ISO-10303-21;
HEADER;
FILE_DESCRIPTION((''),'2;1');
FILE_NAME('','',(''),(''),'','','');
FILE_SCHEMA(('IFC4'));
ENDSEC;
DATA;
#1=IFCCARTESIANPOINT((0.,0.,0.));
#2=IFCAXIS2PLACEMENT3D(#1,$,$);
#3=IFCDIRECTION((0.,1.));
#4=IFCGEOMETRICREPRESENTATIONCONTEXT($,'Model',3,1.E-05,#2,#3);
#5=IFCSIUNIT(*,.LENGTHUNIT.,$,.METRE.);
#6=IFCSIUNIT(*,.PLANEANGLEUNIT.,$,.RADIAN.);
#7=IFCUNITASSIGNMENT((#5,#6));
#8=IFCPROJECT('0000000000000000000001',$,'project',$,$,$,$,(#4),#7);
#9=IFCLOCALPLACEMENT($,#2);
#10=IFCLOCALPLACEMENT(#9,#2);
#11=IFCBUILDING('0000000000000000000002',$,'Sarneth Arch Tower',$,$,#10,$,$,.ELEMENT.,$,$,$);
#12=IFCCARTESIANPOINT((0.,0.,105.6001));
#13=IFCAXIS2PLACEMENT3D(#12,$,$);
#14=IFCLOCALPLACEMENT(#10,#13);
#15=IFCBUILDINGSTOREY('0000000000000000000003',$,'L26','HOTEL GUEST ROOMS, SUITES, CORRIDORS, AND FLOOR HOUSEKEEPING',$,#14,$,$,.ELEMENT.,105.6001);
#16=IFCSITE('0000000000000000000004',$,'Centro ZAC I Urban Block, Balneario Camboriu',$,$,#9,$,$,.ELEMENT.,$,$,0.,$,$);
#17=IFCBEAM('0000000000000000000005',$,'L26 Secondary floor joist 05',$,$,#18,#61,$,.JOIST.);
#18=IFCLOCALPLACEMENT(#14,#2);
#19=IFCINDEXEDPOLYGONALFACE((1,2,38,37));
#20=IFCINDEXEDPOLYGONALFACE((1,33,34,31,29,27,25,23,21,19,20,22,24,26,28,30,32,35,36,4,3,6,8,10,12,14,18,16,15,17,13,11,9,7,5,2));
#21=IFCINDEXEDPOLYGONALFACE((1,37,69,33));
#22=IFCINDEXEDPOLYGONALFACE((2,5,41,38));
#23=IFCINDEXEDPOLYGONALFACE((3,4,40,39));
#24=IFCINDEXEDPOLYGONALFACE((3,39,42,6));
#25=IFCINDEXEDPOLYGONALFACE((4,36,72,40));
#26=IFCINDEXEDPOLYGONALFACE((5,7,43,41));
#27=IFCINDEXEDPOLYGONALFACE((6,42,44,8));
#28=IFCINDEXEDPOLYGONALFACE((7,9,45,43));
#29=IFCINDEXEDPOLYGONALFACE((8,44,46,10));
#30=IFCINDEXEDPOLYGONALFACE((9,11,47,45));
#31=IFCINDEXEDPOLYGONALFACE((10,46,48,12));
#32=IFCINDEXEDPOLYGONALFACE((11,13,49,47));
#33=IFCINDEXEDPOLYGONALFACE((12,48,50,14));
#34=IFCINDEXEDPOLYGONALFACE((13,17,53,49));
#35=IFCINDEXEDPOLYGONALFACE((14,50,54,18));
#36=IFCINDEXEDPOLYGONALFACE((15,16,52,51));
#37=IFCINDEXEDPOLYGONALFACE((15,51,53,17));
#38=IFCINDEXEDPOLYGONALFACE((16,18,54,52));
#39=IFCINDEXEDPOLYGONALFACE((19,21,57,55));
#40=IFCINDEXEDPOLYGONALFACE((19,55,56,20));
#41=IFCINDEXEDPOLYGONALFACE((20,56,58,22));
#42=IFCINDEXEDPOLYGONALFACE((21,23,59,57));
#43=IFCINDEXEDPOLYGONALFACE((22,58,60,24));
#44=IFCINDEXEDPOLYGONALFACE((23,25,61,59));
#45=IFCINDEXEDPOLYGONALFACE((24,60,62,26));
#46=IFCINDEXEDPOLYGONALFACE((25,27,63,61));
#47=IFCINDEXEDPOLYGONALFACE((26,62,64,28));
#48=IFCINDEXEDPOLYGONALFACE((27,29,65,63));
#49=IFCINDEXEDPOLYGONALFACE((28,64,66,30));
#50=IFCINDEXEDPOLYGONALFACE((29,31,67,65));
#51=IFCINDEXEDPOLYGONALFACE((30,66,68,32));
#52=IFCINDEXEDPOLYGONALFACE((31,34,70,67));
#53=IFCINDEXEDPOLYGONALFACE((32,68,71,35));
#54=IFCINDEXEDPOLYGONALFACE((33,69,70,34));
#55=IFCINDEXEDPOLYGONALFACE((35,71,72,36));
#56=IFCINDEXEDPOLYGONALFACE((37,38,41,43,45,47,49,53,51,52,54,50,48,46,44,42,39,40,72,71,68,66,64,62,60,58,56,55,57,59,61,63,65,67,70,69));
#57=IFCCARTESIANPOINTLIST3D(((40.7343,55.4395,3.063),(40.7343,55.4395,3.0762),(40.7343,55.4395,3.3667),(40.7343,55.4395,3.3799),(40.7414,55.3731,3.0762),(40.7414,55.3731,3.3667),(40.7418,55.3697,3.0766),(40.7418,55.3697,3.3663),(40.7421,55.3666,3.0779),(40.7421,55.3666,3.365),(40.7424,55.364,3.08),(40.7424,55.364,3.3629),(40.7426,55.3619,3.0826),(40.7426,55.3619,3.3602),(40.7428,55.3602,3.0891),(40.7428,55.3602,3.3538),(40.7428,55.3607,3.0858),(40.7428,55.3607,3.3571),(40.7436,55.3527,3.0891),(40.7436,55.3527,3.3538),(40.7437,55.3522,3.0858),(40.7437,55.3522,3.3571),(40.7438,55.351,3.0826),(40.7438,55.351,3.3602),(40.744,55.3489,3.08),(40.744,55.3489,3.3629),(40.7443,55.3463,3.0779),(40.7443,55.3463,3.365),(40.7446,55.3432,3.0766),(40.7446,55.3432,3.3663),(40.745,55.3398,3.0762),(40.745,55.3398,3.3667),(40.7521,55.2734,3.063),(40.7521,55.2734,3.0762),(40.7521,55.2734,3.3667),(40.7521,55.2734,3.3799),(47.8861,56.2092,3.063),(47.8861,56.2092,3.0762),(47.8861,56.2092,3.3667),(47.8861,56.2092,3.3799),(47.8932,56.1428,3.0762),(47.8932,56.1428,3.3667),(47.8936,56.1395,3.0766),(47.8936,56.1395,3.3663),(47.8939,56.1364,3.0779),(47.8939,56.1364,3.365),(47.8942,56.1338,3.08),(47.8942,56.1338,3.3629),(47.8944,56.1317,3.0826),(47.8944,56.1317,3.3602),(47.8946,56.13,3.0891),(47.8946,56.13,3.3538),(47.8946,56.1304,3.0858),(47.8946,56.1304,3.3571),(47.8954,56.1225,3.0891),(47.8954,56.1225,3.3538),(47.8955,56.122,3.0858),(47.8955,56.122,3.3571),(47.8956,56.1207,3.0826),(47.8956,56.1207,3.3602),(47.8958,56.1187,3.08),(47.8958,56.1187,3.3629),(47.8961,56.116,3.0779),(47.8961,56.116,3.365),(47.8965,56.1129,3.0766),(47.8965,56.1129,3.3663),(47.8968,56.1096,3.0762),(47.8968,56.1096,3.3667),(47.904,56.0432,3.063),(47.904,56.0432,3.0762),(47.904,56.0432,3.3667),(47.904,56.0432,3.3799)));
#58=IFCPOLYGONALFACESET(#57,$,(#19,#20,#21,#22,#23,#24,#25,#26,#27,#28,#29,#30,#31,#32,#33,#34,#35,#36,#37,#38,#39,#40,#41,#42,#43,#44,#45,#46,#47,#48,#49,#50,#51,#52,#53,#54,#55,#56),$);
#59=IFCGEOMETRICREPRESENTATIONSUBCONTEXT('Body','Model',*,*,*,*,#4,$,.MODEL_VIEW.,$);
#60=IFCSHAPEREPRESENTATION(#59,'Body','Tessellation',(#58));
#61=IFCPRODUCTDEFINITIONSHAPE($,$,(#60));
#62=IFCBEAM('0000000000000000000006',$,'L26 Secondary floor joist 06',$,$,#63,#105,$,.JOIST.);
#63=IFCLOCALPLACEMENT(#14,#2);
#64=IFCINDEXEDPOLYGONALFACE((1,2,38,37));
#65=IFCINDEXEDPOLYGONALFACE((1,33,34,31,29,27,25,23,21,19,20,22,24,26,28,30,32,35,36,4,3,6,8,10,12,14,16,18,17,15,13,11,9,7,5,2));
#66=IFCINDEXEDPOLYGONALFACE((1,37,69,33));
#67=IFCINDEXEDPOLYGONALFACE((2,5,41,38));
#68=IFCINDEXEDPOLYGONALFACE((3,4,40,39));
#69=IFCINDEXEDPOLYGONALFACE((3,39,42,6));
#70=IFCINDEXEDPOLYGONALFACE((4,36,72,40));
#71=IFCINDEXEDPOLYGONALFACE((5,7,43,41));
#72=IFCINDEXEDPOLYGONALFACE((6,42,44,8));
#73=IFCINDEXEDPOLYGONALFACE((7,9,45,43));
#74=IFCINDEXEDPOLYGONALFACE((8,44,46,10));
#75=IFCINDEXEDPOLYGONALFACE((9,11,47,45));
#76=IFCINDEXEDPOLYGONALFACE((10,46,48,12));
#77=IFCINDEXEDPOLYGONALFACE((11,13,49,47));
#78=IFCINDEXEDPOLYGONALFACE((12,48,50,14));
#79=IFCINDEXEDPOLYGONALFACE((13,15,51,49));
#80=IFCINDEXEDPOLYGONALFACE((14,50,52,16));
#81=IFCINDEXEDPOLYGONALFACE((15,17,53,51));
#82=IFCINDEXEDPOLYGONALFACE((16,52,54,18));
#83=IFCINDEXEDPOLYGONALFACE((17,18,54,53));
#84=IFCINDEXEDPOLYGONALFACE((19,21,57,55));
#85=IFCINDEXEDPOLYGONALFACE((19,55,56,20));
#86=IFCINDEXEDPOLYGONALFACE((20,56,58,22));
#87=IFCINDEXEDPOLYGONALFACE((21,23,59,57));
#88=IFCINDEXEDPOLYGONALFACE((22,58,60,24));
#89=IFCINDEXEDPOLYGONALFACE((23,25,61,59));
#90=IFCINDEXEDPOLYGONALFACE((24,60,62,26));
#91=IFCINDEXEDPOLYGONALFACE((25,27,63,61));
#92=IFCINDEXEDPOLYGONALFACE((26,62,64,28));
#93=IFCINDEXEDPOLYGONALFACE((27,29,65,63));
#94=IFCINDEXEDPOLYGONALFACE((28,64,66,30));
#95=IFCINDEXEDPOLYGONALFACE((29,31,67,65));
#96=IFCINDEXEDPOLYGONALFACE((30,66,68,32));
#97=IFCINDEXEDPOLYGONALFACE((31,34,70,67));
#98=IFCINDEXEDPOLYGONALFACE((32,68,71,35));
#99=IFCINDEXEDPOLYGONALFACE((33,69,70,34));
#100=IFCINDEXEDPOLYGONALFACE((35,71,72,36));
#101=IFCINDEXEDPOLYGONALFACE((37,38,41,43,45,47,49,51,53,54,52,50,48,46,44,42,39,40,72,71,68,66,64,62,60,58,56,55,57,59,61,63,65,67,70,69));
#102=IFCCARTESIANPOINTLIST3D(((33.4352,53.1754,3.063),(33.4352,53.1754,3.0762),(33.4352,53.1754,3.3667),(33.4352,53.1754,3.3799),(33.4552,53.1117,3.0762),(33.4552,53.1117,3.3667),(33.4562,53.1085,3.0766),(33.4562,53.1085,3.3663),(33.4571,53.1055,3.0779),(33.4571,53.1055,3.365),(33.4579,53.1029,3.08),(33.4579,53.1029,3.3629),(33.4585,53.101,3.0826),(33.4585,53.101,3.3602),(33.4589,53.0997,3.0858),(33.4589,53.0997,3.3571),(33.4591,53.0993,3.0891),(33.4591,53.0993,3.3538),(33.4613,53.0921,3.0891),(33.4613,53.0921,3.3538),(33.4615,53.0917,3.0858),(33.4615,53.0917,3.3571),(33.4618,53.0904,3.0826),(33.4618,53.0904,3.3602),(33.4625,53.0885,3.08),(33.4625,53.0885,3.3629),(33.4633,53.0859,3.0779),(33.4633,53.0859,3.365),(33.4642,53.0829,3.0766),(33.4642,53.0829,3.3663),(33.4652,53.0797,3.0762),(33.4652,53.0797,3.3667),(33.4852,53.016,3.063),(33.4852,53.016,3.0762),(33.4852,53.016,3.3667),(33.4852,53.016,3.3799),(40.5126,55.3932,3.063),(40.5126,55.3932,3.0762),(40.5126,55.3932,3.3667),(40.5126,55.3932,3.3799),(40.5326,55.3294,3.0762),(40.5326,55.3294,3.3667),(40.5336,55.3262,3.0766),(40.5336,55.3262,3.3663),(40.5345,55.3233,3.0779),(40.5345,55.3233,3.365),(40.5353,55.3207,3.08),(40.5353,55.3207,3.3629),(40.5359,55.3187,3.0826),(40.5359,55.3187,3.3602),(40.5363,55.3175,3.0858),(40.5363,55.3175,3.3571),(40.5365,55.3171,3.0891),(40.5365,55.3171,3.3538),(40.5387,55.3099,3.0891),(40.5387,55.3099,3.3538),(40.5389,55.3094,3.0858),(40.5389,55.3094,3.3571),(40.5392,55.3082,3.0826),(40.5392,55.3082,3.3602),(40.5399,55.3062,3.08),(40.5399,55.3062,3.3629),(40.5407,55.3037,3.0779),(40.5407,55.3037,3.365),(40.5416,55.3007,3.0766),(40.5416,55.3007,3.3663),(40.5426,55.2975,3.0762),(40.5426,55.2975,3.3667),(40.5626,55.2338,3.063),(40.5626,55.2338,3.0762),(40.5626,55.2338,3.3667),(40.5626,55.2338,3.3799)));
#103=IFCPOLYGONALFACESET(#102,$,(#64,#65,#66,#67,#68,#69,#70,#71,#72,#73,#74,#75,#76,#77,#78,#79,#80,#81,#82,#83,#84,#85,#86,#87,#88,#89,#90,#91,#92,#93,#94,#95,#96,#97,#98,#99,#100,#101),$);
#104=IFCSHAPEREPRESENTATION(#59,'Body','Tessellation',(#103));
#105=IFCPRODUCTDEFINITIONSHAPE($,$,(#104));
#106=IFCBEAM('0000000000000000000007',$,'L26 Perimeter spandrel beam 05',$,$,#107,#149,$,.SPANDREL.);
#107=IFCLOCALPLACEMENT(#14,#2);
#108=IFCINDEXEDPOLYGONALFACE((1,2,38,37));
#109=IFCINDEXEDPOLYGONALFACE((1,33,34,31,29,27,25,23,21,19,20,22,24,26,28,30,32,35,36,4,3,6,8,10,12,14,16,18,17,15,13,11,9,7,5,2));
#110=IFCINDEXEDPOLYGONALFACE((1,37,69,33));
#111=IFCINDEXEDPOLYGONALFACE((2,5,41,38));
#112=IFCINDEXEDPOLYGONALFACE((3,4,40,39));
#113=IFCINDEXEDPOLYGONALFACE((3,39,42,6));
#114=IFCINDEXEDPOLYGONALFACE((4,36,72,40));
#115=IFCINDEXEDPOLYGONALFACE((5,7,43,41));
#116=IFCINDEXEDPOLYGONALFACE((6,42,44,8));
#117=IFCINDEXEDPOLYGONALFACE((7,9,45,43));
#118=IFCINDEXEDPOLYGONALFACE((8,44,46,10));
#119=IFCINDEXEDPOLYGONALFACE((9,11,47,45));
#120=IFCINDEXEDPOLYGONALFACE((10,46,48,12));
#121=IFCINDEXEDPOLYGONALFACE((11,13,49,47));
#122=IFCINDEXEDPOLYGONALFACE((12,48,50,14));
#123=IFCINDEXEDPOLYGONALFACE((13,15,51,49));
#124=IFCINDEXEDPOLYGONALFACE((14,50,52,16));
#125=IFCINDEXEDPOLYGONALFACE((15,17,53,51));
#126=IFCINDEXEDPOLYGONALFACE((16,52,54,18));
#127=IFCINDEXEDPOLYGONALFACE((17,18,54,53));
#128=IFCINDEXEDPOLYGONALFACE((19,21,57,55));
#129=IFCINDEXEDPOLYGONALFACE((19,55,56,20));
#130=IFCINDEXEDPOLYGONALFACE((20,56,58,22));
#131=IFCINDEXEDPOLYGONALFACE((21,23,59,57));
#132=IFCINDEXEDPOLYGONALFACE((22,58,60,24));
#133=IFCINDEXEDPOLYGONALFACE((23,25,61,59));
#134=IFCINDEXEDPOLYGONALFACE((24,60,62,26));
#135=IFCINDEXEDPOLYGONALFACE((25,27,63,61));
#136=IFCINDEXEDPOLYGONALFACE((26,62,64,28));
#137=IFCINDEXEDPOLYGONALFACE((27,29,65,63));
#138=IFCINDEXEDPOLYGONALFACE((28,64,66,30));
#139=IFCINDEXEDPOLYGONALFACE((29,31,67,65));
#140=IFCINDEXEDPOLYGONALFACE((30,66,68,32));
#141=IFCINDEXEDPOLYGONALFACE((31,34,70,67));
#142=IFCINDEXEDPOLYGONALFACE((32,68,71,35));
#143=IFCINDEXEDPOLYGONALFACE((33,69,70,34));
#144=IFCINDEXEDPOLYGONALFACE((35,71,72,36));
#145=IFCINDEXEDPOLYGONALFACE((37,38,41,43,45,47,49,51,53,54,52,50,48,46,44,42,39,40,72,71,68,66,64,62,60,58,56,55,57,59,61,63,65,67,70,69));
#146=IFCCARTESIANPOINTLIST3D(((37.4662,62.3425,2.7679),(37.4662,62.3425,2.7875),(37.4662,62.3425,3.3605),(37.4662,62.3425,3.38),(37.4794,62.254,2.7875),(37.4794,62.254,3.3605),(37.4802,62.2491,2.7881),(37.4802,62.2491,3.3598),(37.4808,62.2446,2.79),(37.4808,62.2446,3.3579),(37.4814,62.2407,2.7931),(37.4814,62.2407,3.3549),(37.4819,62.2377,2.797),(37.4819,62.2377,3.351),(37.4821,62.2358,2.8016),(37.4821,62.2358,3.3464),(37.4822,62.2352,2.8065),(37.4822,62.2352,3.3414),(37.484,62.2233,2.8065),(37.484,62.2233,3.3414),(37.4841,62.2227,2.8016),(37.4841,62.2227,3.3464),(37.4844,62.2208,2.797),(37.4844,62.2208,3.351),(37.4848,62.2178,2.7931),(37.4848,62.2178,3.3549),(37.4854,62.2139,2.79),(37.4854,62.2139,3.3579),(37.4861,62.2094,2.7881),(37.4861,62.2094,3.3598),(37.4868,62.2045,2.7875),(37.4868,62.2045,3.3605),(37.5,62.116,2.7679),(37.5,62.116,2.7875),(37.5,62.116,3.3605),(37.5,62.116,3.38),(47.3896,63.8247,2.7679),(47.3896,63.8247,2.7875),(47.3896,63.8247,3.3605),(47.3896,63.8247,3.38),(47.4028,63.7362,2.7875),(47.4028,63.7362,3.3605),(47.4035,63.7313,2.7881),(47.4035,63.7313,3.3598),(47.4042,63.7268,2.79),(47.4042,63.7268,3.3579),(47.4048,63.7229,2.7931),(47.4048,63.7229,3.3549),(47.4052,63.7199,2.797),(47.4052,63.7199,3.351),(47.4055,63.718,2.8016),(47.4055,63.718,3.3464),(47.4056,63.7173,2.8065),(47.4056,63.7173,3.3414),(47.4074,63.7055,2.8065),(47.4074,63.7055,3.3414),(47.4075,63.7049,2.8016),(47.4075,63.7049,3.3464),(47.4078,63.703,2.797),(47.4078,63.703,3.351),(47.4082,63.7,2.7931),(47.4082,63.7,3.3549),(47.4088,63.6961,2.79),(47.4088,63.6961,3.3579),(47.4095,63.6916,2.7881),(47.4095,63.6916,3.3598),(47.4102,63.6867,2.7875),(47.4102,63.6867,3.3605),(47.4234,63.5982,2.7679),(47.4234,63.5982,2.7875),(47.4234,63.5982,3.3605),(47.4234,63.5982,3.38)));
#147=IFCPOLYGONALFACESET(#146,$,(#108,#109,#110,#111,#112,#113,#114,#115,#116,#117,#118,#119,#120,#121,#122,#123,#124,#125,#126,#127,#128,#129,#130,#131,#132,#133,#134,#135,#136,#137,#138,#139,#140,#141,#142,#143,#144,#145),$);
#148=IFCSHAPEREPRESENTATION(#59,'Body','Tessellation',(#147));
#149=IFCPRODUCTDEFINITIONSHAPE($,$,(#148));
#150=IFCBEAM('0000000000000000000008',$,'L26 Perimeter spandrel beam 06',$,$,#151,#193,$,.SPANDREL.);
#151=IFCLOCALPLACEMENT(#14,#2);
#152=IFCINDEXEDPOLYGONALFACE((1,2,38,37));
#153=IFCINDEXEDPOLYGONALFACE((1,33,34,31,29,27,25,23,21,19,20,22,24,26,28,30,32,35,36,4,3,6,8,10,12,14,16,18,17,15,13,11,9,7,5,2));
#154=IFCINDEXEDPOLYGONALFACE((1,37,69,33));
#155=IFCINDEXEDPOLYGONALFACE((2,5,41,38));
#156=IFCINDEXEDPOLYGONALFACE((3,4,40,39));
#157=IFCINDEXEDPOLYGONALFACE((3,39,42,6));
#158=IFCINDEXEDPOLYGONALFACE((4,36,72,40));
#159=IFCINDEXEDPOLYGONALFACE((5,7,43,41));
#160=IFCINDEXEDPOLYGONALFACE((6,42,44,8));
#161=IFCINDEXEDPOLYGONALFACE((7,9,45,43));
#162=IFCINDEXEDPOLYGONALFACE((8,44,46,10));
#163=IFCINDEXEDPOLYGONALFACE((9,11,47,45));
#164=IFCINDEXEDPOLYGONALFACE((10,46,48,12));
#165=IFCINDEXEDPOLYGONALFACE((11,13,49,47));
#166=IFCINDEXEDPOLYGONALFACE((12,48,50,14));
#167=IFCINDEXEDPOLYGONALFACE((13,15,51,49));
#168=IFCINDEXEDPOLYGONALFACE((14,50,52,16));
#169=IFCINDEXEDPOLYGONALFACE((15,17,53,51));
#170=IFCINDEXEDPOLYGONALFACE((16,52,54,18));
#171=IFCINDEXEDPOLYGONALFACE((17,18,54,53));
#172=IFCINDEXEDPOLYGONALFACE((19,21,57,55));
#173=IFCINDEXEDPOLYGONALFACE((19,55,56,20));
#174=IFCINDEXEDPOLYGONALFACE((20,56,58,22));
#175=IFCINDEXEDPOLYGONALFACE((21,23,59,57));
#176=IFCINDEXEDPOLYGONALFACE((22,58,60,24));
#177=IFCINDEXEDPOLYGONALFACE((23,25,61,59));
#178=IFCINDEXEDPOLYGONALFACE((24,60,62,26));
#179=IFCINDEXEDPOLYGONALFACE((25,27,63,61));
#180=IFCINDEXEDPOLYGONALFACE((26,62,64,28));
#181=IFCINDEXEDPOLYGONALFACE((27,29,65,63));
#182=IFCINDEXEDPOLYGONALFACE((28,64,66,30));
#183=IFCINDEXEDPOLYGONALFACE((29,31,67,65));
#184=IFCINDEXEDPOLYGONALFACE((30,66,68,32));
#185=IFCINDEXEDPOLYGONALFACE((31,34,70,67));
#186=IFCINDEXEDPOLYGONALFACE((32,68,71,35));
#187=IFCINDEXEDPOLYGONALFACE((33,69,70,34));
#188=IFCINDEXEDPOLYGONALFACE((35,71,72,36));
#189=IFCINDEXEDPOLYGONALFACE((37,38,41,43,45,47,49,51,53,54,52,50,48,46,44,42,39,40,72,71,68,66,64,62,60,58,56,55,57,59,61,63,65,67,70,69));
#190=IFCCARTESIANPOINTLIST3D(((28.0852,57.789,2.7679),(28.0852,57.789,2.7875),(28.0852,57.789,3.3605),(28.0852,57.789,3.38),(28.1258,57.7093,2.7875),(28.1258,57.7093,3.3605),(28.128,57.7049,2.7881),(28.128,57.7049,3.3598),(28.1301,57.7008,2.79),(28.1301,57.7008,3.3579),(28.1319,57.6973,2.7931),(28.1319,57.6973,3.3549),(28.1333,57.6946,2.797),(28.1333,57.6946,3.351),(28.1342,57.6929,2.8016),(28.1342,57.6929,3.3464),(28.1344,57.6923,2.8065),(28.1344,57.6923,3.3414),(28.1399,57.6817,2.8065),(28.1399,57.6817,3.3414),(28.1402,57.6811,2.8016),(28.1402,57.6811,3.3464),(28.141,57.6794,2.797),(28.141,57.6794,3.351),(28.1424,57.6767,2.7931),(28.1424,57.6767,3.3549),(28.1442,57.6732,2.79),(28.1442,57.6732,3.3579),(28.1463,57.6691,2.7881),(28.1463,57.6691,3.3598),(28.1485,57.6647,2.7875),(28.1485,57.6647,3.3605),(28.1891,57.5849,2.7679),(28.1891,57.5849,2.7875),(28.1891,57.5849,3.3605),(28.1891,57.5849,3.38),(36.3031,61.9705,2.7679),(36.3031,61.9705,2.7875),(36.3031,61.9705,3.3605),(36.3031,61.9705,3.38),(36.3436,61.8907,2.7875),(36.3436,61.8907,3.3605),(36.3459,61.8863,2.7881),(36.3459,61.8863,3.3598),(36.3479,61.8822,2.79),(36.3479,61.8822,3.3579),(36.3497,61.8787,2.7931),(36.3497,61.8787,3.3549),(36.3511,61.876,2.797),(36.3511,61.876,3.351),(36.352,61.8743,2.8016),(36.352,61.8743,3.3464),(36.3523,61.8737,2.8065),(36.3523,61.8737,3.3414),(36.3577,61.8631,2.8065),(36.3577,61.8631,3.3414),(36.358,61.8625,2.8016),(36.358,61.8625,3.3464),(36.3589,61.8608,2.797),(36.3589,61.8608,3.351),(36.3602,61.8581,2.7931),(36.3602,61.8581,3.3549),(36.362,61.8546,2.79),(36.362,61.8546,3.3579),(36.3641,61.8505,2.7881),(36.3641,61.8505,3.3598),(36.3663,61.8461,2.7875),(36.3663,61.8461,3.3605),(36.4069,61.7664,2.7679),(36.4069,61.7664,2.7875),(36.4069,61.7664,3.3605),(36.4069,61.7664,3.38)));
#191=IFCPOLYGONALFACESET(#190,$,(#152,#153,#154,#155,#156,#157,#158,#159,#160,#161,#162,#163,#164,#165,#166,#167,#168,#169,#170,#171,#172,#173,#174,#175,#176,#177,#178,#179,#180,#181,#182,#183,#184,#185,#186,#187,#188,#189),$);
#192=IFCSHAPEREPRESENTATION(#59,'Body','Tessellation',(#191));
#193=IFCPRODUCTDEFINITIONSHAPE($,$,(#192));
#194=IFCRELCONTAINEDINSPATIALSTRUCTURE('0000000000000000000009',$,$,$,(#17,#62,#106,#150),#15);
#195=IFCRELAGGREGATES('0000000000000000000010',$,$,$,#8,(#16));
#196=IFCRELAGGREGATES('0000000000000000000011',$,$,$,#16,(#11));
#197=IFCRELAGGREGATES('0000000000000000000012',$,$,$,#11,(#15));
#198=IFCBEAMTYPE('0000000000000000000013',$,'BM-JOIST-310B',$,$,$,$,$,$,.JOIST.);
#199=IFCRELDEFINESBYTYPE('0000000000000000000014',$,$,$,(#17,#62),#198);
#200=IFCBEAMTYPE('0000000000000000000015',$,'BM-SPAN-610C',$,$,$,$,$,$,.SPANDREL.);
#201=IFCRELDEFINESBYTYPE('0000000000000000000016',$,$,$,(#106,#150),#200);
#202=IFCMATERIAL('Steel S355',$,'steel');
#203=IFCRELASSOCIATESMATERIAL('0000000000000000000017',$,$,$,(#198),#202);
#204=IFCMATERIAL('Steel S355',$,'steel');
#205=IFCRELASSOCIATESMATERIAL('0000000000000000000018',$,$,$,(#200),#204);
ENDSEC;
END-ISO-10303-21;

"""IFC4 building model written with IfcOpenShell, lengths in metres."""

from ifc_helpers import new_model, si_unit, direction, frame, origin, origin_2d, place, context, subcontext, project, spatial, i_section, extrude, material, material_profile, profile_set, type_object, element, save


model = new_model("IFC4")

# Units and contexts
model_context = context("Model", 3, precision=1e-05, world=origin(), true_north=direction((0.0, 1.0)))
body_context = subcontext(model_context, "Body", "Model", "MODEL_VIEW")
ifc_project = project(units=[si_unit("LENGTHUNIT", "METRE"), si_unit("PLANEANGLEUNIT", "RADIAN")], contexts=[model_context])

# Site, building, storey
site_placement = place(None, origin())
site = spatial("IfcSite", under=ifc_project, at=site_placement, Name="Centro ZAC I Urban Block, Balneario Camboriu", CompositionType="ELEMENT", RefElevation=0.0)
building_placement = place(site_placement, origin())
building = spatial("IfcBuilding", under=site, at=building_placement, Name="Sarneth Arch Tower", CompositionType="ELEMENT")
storey_placement = place(building_placement, frame((0.0, 0.0, 105.6001)))
storey = spatial("IfcBuildingStorey", under=building, at=storey_placement, Name="L26", Description="HOTEL GUEST ROOMS, SUITES, CORRIDORS, AND FLOOR HOUSEKEEPING", CompositionType="ELEMENT", Elevation=105.6001)

# Beams
ifc_material_1 = material(Name="Steel S355", Category="steel")
ifc_material_profile_1 = material_profile(ifc_material_1, i_section(OverallWidth=0.167, OverallDepth=0.3169, WebThickness=0.0076, FlangeThickness=0.0132, FilletRadius=0.0129, at=origin_2d()), Name="W310x52")
ifc_profile_set_1 = profile_set([ifc_material_profile_1], Name="Steel S355")
beam_type_1 = type_object("IfcBeamType", Name="BM-JOIST-310B", PredefinedType="JOIST", material=ifc_profile_set_1)
beam_1_placement = place(storey_placement, frame((47.895, 56.1262, 3.2214), z_axis=(-0.994257, -0.107015, 0.0), x_axis=(0.107015, -0.994257, 0.0)))
element("IfcBeam", 1, at=beam_1_placement, inside=storey, type_object=beam_type_1, Name="L26 Secondary floor joist 05", PredefinedType="JOIST", context=body_context, shape_type="SweptSolid", body=[
    extrude(i_section(OverallWidth=0.167, OverallDepth=0.3169, WebThickness=0.0076, FlangeThickness=0.0132, FilletRadius=0.0129, at=origin_2d()), origin(), (0.0, 0.0, 1.0), 7.1931),
])
beam_2_placement = place(storey_placement, frame((40.5376, 55.3135, 3.2214), z_axis=(-0.954246, -0.299023, 0.0), x_axis=(0.299023, -0.954246, 0.0)))
element("IfcBeam", 2, at=beam_2_placement, inside=storey, type_object=beam_type_1, Name="L26 Secondary floor joist 06", PredefinedType="JOIST", context=body_context, shape_type="SweptSolid", body=[
    extrude(i_section(OverallWidth=0.167, OverallDepth=0.3169, WebThickness=0.0076, FlangeThickness=0.0132, FilletRadius=0.0129, at=origin_2d()), origin(), (0.0, 0.0, 1.0), 7.4167),
])
ifc_material_2 = material(Name="Steel S355", Category="steel")
ifc_material_profile_2 = material_profile(ifc_material_2, i_section(OverallWidth=0.229, OverallDepth=0.6121, WebThickness=0.012, FlangeThickness=0.0195, FilletRadius=0.019, at=origin_2d()), Name="W610x125")
ifc_profile_set_2 = profile_set([ifc_material_profile_2], Name="Steel S355")
beam_type_2 = type_object("IfcBeamType", Name="BM-SPAN-610C", PredefinedType="SPANDREL", material=ifc_profile_set_2)
beam_3_placement = place(storey_placement, frame((47.4065, 63.7114, 3.074), z_axis=(-0.989029, -0.147724, 0.0), x_axis=(0.147724, -0.989029, 0.0)))
element("IfcBeam", 3, at=beam_3_placement, inside=storey, type_object=beam_type_2, Name="L26 Perimeter spandrel beam 05", PredefinedType="SPANDREL", context=body_context, shape_type="SweptSolid", body=[
    extrude(i_section(OverallWidth=0.229, OverallDepth=0.6121, WebThickness=0.012, FlangeThickness=0.0195, FilletRadius=0.019, at=origin_2d()), origin(), (0.0, 0.0, 1.0), 10.0334),
])
beam_4_placement = place(storey_placement, frame((36.355, 61.8684, 3.074), z_axis=(-0.891259, -0.453494, 0.0), x_axis=(0.453494, -0.891259, 0.0)))
element("IfcBeam", 4, at=beam_4_placement, inside=storey, type_object=beam_type_2, Name="L26 Perimeter spandrel beam 06", PredefinedType="SPANDREL", context=body_context, shape_type="SweptSolid", body=[
    extrude(i_section(OverallWidth=0.229, OverallDepth=0.6121, WebThickness=0.012, FlangeThickness=0.0195, FilletRadius=0.019, at=origin_2d()), origin(), (0.0, 0.0, 1.0), 9.2205),
])

save(model, "model.ifc")
